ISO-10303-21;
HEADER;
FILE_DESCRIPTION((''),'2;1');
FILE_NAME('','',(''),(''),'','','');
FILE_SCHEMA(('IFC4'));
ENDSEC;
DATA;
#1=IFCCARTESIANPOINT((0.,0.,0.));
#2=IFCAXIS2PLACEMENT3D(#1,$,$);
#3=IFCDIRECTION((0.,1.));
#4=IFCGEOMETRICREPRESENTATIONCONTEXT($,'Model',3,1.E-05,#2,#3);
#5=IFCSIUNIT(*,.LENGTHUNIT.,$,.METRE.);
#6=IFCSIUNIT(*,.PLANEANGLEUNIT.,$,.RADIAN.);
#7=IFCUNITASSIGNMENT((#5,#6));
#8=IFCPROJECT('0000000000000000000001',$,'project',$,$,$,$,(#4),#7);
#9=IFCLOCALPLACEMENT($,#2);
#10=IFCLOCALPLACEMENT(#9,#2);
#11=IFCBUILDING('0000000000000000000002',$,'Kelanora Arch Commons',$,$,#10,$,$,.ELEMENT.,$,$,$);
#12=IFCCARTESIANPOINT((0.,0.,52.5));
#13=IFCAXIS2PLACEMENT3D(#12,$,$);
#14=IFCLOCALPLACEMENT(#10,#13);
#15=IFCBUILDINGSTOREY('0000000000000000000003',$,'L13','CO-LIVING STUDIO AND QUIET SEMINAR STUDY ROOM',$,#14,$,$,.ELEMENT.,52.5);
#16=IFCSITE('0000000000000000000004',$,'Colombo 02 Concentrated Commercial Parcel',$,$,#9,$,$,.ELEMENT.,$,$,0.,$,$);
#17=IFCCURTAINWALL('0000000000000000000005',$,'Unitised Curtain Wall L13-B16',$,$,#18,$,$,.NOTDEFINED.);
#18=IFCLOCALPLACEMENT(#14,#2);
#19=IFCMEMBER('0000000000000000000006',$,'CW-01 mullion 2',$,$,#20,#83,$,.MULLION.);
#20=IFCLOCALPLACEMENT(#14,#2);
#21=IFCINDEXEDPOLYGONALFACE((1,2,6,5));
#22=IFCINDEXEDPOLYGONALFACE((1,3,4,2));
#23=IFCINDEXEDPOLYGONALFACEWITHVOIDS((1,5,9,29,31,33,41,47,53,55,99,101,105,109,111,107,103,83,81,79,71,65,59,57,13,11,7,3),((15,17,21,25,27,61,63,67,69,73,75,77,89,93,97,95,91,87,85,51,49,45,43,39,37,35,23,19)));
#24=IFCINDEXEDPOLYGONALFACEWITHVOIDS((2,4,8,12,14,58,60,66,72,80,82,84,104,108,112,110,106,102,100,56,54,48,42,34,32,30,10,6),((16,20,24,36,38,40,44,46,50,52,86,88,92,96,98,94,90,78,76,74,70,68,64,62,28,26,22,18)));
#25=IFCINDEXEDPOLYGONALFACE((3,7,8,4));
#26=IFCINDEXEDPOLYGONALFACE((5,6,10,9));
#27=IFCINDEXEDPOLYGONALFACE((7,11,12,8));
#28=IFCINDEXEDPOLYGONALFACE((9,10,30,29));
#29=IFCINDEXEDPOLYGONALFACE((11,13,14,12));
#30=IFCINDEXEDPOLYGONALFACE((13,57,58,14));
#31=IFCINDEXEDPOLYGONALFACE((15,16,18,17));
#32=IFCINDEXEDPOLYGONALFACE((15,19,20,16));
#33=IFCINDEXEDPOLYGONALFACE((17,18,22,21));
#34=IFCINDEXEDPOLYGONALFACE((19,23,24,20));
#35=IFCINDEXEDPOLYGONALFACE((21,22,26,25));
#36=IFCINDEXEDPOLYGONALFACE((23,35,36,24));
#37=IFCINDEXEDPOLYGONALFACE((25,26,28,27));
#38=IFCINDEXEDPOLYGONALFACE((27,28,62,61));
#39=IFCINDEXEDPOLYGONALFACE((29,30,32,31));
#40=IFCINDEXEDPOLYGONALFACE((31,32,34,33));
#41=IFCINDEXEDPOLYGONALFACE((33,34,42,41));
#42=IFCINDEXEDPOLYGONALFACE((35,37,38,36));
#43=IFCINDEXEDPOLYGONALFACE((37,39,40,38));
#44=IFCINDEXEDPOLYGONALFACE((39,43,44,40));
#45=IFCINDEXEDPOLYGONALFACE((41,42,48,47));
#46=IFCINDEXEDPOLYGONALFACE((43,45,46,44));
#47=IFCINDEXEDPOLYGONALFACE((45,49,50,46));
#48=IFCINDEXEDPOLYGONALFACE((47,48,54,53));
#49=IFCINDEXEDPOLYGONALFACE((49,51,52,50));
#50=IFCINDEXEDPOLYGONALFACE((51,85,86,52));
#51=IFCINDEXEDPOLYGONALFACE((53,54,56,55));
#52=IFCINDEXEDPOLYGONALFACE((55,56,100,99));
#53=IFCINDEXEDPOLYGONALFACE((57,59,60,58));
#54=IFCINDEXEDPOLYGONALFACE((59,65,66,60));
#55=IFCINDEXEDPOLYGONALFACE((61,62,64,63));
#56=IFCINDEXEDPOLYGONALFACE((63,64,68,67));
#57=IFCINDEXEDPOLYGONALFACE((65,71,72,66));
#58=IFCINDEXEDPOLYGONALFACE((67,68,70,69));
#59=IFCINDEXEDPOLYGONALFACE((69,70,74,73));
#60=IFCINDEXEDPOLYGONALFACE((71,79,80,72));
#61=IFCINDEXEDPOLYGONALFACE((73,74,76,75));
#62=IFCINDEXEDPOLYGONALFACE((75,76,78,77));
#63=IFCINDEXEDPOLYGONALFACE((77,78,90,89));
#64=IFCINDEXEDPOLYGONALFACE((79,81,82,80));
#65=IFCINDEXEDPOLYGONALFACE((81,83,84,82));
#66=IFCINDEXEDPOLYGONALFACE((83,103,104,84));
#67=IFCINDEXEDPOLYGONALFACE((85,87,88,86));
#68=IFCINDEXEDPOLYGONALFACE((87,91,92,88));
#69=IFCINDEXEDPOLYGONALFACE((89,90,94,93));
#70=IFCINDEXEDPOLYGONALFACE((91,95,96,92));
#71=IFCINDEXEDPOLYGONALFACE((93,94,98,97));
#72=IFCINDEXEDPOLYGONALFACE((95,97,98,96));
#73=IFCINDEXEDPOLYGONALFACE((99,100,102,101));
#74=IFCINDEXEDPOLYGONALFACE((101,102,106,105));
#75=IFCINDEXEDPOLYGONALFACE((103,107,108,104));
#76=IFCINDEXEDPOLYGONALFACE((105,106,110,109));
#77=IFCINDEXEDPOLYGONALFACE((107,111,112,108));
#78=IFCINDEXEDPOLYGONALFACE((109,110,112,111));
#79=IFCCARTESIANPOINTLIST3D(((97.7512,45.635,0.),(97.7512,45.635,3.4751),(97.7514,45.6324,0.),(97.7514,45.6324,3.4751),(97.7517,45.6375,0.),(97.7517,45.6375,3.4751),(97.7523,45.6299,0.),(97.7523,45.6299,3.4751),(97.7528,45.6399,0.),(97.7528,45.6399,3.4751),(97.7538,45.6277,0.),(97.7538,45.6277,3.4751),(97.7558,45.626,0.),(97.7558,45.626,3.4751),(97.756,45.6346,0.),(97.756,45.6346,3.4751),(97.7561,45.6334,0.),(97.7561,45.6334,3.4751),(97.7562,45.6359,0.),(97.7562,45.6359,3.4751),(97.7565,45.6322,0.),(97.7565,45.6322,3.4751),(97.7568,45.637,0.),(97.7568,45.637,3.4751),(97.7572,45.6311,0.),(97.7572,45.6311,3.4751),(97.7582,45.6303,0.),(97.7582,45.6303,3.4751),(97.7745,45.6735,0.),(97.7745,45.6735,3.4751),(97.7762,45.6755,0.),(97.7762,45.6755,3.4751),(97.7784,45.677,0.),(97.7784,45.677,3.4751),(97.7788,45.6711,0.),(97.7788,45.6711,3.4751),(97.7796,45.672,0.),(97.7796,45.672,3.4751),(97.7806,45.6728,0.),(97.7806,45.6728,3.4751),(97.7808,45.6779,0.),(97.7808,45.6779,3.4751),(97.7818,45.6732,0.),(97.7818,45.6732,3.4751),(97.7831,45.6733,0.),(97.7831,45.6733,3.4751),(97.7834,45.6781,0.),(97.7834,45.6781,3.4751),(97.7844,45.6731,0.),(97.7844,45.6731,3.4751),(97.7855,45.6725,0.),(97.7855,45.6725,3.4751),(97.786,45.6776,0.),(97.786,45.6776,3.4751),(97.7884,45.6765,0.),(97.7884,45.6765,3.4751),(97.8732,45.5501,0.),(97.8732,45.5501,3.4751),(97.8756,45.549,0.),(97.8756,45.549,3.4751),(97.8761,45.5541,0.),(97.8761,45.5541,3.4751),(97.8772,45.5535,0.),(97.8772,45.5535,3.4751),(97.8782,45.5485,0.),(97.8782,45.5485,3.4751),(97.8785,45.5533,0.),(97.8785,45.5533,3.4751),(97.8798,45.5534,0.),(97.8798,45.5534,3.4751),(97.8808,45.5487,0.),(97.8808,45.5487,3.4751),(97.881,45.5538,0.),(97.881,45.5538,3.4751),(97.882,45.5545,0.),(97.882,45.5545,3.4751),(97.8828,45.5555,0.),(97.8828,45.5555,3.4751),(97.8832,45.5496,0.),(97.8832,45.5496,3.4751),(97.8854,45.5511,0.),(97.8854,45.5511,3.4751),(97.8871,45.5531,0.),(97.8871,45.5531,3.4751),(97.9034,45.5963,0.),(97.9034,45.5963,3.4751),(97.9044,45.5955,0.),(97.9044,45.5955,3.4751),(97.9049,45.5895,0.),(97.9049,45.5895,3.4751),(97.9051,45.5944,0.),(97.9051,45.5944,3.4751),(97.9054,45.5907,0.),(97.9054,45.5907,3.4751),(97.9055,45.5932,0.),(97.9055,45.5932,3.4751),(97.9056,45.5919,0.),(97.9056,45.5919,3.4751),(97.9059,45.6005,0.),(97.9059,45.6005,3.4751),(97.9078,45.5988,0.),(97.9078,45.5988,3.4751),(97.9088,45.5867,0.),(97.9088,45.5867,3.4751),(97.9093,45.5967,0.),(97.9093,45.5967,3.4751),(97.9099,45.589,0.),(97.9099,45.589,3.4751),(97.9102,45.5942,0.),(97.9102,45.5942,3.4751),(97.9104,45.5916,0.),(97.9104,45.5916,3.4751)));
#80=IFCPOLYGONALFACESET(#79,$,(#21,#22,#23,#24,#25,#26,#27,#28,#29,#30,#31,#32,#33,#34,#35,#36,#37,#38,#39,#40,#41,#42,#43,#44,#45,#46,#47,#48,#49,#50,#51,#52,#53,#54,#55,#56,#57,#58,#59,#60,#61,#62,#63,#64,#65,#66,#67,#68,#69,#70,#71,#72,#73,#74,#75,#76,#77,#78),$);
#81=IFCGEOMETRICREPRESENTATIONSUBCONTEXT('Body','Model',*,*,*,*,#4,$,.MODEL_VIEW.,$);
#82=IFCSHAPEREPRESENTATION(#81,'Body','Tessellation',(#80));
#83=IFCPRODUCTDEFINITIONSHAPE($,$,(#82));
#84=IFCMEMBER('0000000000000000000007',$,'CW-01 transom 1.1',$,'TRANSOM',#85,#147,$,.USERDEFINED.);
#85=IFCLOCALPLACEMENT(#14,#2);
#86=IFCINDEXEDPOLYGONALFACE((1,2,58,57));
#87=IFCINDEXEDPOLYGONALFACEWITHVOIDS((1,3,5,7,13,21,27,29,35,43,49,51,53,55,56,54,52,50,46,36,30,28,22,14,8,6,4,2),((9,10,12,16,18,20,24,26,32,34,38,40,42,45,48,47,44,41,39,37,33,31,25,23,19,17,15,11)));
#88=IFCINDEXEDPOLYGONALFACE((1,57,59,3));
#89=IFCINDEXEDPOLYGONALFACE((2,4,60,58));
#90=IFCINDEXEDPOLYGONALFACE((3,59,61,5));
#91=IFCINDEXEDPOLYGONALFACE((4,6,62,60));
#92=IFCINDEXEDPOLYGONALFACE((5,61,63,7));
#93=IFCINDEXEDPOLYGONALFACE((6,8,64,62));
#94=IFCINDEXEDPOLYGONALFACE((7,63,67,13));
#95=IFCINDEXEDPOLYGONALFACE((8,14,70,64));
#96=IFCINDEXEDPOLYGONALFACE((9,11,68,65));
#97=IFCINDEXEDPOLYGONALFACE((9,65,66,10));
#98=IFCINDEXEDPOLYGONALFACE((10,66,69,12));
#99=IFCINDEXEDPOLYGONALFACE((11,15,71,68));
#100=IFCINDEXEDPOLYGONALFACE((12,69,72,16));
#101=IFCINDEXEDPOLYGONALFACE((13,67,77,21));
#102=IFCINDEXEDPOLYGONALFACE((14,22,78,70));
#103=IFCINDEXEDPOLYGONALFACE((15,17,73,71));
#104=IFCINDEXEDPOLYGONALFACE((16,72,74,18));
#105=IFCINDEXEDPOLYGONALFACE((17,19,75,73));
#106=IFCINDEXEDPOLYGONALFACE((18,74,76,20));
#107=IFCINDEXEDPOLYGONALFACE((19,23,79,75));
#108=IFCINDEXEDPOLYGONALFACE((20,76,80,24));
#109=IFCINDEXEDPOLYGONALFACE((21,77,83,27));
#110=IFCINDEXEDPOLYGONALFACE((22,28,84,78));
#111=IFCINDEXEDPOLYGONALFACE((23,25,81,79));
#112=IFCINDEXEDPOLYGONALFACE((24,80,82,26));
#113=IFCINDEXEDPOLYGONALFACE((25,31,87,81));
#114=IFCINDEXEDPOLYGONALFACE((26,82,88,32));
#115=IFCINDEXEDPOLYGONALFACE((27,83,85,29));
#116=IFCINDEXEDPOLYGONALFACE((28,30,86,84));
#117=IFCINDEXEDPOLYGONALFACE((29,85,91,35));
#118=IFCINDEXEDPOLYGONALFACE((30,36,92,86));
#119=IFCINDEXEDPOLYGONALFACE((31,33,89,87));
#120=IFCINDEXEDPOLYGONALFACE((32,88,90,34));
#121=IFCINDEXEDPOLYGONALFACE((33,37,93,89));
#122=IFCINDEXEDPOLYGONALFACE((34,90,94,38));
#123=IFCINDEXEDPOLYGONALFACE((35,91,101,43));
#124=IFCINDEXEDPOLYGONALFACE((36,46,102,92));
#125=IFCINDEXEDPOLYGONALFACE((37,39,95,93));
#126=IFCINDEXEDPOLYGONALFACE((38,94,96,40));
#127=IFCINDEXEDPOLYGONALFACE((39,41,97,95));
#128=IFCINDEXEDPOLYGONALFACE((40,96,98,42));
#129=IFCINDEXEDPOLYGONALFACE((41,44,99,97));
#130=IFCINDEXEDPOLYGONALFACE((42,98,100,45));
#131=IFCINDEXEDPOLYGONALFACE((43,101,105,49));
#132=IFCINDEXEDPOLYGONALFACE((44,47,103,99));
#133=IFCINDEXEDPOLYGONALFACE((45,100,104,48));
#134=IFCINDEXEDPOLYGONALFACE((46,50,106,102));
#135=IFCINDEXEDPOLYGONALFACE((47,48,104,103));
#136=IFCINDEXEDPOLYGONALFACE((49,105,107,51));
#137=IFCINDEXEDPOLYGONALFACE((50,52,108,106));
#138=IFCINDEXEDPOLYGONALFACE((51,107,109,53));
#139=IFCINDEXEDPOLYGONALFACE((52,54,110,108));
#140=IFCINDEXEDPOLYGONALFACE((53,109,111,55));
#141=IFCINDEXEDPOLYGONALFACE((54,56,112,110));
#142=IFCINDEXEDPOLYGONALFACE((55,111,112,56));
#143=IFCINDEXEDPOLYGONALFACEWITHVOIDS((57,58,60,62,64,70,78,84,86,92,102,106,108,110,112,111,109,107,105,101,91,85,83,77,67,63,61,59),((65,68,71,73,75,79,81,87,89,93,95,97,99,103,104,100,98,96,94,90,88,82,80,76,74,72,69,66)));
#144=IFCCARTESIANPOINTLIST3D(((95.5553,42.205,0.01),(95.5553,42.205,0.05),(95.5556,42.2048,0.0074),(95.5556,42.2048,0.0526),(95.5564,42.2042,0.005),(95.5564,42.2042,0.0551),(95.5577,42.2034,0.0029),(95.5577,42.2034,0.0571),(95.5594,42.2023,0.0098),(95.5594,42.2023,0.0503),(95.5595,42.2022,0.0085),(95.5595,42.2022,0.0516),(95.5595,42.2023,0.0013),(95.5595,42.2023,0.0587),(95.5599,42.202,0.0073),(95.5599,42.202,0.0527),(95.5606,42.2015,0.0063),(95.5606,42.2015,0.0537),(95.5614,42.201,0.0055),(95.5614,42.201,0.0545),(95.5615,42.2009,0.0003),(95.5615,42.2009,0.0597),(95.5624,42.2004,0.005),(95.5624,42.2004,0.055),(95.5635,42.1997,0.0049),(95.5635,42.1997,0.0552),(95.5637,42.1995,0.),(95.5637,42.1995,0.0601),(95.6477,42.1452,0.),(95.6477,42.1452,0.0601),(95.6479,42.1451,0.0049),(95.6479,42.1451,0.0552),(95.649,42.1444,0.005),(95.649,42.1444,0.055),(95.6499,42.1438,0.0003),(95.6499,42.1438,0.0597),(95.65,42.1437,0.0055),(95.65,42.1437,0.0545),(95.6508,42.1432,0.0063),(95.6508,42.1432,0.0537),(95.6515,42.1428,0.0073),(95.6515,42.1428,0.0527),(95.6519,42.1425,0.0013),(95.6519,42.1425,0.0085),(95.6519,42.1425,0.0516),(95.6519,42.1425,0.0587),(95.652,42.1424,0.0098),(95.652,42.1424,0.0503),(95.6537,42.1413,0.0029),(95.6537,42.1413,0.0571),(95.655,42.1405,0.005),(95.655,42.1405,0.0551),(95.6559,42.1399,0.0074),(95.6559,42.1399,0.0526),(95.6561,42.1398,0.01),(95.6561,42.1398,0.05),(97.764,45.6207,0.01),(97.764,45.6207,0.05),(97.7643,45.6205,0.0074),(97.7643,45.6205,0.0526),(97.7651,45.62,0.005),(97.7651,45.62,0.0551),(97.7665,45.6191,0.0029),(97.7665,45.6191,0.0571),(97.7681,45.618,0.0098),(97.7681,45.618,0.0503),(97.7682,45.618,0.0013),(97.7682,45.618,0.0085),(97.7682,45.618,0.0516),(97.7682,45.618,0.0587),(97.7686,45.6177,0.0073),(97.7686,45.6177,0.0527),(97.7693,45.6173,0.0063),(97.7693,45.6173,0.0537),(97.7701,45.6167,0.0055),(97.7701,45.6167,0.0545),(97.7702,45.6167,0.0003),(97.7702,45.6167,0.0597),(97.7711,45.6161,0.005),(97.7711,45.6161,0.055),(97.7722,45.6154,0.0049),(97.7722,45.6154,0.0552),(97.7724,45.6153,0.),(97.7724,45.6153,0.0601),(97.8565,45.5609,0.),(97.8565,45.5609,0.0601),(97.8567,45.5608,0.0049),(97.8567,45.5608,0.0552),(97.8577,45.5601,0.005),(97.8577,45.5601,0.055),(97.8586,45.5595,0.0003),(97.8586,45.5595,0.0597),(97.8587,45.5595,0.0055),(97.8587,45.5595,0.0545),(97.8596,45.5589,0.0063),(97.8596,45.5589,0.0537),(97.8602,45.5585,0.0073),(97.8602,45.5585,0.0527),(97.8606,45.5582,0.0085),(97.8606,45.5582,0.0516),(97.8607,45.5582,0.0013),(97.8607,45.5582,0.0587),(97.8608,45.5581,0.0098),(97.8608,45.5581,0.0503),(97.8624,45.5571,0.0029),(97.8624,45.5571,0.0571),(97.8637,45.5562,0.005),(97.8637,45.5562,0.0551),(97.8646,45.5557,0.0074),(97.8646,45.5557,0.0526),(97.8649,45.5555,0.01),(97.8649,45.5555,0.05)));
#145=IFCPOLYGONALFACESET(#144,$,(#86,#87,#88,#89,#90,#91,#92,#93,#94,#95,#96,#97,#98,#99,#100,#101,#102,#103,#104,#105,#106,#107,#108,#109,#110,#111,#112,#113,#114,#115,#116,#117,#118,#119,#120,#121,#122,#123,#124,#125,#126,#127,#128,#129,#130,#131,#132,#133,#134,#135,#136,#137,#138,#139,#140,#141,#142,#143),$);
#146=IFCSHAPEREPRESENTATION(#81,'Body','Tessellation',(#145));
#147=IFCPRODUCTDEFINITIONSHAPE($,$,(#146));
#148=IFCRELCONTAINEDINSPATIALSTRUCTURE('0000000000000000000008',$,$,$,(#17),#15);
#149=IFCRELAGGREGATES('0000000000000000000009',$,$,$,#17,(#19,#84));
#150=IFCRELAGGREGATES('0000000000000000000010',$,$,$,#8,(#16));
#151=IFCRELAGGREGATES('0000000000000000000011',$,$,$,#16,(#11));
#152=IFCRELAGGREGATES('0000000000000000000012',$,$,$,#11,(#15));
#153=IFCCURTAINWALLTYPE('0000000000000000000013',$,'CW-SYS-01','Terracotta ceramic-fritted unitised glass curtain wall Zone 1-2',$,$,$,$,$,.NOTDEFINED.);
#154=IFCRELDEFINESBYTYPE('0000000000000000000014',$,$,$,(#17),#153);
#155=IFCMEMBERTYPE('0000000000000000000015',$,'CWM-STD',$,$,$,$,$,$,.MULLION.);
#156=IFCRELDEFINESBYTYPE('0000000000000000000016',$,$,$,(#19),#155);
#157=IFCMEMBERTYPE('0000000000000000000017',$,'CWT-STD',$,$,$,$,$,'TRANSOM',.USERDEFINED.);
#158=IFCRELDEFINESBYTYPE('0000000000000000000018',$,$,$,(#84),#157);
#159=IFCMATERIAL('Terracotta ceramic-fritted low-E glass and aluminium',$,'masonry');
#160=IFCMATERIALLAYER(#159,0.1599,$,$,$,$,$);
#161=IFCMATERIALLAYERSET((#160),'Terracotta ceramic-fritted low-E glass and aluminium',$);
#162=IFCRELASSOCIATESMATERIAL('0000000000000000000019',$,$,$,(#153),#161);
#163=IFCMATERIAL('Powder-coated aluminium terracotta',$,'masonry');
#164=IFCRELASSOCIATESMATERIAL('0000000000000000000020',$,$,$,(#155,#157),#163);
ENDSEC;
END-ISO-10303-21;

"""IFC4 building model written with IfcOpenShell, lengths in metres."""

from ifc_helpers import new_model, si_unit, direction, frame, origin, origin_2d, place, context, subcontext, project, spatial, hollow_rectangle, extrude, material, layer, layer_set, material_profile, profile_set, type_object, element, aggregate, save


model = new_model("IFC4")

# Units and contexts
model_context = context("Model", 3, precision=1e-05, world=origin(), true_north=direction((0.0, 1.0)))
body_context = subcontext(model_context, "Body", "Model", "MODEL_VIEW")
ifc_project = project(units=[si_unit("LENGTHUNIT", "METRE"), si_unit("PLANEANGLEUNIT", "RADIAN")], contexts=[model_context])

# Site, building, storey
site_placement = place(None, origin())
site = spatial("IfcSite", under=ifc_project, at=site_placement, Name="Colombo 02 Concentrated Commercial Parcel", CompositionType="ELEMENT", RefElevation=0.0)
building_placement = place(site_placement, origin())
building = spatial("IfcBuilding", under=site, at=building_placement, Name="Kelanora Arch Commons", CompositionType="ELEMENT")
storey_placement = place(building_placement, frame((0.0, 0.0, 52.5)))
storey = spatial("IfcBuildingStorey", under=building, at=storey_placement, Name="L13", Description="CO-LIVING STUDIO AND QUIET SEMINAR STUDY ROOM", CompositionType="ELEMENT", Elevation=52.5)

# Shared definitions
ifc_material_1 = material(Name="Terracotta ceramic-fritted low-E glass and aluminium", Category="masonry")
ifc_layer_1 = layer(ifc_material_1, 0.1599)
ifc_layer_set_1 = layer_set([ifc_layer_1], Name="Terracotta ceramic-fritted low-E glass and aluminium")
curtain_wall_type = type_object("IfcCurtainWallType", Name="CW-SYS-01", Description="Terracotta ceramic-fritted unitised glass curtain wall Zone 1-2", PredefinedType="NOTDEFINED", material=ifc_layer_set_1)
ifc_material_2 = material(Name="Powder-coated aluminium terracotta", Category="masonry")
ifc_material_profile_1 = material_profile(ifc_material_2, hollow_rectangle(XDim=0.1599, YDim=0.0601, WallThickness=0.0049, InnerFilletRadius=0.0049, OuterFilletRadius=0.01, at=origin_2d()), Name="CWM160x60")
ifc_profile_set_1 = profile_set([ifc_material_profile_1], Name="Powder-coated aluminium terracotta")
member_type_1 = type_object("IfcMemberType", Name="CWM-STD", PredefinedType="MULLION", material=ifc_profile_set_1)

# Curtain wall, members
curtain_wall_1_placement = place(storey_placement, origin())
curtain_wall_1 = element("IfcCurtainWall", 1, at=curtain_wall_1_placement, inside=storey, type_object=curtain_wall_type, Name="Unitised Curtain Wall L13-B16", PredefinedType="NOTDEFINED")
member_1_placement = place(storey_placement, frame((97.8308, 45.6133, 0.0), z_axis=(0.0, 0.0, 1.0), x_axis=(-0.83973, 0.543004, 0.0)))
member_1 = element("IfcMember", 2, at=member_1_placement, type_object=member_type_1, Name="CW-01 mullion 2", PredefinedType="MULLION", context=body_context, shape_type="SweptSolid", body=[
    extrude(hollow_rectangle(XDim=0.1599, YDim=0.0601, WallThickness=0.0049, InnerFilletRadius=0.0049, OuterFilletRadius=0.01, at=origin_2d()), origin(), (0.0, 0.0, 1.0), 3.4751),
])
ifc_material_profile_2 = material_profile(ifc_material_2, hollow_rectangle(XDim=0.1201, YDim=0.0601, WallThickness=0.0049, InnerFilletRadius=0.0049, OuterFilletRadius=0.01, at=origin_2d()), Name="CWT120x60")
ifc_profile_set_2 = profile_set([ifc_material_profile_2], Name="Powder-coated aluminium terracotta")
member_type_2 = type_object("IfcMemberType", Name="CWT-STD", ElementType="TRANSOM", PredefinedType="USERDEFINED", material=ifc_profile_set_2)
member_2_placement = place(storey_placement, frame((95.6057, 42.1724, 0.03), z_axis=(0.542997, 0.839734, 0.0), x_axis=(-0.839734, 0.542997, 0.0)))
member_2 = element("IfcMember", 3, at=member_2_placement, type_object=member_type_2, Name="CW-01 transom 1.1", ObjectType="TRANSOM", PredefinedType="USERDEFINED", context=body_context, shape_type="SweptSolid", body=[
    extrude(hollow_rectangle(XDim=0.1201, YDim=0.0601, WallThickness=0.0049, InnerFilletRadius=0.0049, OuterFilletRadius=0.01, at=origin_2d()), origin(), (0.0, 0.0, 1.0), 4.0676),
])

aggregate(curtain_wall_1, [member_1, member_2])

save(model, "model.ifc")
